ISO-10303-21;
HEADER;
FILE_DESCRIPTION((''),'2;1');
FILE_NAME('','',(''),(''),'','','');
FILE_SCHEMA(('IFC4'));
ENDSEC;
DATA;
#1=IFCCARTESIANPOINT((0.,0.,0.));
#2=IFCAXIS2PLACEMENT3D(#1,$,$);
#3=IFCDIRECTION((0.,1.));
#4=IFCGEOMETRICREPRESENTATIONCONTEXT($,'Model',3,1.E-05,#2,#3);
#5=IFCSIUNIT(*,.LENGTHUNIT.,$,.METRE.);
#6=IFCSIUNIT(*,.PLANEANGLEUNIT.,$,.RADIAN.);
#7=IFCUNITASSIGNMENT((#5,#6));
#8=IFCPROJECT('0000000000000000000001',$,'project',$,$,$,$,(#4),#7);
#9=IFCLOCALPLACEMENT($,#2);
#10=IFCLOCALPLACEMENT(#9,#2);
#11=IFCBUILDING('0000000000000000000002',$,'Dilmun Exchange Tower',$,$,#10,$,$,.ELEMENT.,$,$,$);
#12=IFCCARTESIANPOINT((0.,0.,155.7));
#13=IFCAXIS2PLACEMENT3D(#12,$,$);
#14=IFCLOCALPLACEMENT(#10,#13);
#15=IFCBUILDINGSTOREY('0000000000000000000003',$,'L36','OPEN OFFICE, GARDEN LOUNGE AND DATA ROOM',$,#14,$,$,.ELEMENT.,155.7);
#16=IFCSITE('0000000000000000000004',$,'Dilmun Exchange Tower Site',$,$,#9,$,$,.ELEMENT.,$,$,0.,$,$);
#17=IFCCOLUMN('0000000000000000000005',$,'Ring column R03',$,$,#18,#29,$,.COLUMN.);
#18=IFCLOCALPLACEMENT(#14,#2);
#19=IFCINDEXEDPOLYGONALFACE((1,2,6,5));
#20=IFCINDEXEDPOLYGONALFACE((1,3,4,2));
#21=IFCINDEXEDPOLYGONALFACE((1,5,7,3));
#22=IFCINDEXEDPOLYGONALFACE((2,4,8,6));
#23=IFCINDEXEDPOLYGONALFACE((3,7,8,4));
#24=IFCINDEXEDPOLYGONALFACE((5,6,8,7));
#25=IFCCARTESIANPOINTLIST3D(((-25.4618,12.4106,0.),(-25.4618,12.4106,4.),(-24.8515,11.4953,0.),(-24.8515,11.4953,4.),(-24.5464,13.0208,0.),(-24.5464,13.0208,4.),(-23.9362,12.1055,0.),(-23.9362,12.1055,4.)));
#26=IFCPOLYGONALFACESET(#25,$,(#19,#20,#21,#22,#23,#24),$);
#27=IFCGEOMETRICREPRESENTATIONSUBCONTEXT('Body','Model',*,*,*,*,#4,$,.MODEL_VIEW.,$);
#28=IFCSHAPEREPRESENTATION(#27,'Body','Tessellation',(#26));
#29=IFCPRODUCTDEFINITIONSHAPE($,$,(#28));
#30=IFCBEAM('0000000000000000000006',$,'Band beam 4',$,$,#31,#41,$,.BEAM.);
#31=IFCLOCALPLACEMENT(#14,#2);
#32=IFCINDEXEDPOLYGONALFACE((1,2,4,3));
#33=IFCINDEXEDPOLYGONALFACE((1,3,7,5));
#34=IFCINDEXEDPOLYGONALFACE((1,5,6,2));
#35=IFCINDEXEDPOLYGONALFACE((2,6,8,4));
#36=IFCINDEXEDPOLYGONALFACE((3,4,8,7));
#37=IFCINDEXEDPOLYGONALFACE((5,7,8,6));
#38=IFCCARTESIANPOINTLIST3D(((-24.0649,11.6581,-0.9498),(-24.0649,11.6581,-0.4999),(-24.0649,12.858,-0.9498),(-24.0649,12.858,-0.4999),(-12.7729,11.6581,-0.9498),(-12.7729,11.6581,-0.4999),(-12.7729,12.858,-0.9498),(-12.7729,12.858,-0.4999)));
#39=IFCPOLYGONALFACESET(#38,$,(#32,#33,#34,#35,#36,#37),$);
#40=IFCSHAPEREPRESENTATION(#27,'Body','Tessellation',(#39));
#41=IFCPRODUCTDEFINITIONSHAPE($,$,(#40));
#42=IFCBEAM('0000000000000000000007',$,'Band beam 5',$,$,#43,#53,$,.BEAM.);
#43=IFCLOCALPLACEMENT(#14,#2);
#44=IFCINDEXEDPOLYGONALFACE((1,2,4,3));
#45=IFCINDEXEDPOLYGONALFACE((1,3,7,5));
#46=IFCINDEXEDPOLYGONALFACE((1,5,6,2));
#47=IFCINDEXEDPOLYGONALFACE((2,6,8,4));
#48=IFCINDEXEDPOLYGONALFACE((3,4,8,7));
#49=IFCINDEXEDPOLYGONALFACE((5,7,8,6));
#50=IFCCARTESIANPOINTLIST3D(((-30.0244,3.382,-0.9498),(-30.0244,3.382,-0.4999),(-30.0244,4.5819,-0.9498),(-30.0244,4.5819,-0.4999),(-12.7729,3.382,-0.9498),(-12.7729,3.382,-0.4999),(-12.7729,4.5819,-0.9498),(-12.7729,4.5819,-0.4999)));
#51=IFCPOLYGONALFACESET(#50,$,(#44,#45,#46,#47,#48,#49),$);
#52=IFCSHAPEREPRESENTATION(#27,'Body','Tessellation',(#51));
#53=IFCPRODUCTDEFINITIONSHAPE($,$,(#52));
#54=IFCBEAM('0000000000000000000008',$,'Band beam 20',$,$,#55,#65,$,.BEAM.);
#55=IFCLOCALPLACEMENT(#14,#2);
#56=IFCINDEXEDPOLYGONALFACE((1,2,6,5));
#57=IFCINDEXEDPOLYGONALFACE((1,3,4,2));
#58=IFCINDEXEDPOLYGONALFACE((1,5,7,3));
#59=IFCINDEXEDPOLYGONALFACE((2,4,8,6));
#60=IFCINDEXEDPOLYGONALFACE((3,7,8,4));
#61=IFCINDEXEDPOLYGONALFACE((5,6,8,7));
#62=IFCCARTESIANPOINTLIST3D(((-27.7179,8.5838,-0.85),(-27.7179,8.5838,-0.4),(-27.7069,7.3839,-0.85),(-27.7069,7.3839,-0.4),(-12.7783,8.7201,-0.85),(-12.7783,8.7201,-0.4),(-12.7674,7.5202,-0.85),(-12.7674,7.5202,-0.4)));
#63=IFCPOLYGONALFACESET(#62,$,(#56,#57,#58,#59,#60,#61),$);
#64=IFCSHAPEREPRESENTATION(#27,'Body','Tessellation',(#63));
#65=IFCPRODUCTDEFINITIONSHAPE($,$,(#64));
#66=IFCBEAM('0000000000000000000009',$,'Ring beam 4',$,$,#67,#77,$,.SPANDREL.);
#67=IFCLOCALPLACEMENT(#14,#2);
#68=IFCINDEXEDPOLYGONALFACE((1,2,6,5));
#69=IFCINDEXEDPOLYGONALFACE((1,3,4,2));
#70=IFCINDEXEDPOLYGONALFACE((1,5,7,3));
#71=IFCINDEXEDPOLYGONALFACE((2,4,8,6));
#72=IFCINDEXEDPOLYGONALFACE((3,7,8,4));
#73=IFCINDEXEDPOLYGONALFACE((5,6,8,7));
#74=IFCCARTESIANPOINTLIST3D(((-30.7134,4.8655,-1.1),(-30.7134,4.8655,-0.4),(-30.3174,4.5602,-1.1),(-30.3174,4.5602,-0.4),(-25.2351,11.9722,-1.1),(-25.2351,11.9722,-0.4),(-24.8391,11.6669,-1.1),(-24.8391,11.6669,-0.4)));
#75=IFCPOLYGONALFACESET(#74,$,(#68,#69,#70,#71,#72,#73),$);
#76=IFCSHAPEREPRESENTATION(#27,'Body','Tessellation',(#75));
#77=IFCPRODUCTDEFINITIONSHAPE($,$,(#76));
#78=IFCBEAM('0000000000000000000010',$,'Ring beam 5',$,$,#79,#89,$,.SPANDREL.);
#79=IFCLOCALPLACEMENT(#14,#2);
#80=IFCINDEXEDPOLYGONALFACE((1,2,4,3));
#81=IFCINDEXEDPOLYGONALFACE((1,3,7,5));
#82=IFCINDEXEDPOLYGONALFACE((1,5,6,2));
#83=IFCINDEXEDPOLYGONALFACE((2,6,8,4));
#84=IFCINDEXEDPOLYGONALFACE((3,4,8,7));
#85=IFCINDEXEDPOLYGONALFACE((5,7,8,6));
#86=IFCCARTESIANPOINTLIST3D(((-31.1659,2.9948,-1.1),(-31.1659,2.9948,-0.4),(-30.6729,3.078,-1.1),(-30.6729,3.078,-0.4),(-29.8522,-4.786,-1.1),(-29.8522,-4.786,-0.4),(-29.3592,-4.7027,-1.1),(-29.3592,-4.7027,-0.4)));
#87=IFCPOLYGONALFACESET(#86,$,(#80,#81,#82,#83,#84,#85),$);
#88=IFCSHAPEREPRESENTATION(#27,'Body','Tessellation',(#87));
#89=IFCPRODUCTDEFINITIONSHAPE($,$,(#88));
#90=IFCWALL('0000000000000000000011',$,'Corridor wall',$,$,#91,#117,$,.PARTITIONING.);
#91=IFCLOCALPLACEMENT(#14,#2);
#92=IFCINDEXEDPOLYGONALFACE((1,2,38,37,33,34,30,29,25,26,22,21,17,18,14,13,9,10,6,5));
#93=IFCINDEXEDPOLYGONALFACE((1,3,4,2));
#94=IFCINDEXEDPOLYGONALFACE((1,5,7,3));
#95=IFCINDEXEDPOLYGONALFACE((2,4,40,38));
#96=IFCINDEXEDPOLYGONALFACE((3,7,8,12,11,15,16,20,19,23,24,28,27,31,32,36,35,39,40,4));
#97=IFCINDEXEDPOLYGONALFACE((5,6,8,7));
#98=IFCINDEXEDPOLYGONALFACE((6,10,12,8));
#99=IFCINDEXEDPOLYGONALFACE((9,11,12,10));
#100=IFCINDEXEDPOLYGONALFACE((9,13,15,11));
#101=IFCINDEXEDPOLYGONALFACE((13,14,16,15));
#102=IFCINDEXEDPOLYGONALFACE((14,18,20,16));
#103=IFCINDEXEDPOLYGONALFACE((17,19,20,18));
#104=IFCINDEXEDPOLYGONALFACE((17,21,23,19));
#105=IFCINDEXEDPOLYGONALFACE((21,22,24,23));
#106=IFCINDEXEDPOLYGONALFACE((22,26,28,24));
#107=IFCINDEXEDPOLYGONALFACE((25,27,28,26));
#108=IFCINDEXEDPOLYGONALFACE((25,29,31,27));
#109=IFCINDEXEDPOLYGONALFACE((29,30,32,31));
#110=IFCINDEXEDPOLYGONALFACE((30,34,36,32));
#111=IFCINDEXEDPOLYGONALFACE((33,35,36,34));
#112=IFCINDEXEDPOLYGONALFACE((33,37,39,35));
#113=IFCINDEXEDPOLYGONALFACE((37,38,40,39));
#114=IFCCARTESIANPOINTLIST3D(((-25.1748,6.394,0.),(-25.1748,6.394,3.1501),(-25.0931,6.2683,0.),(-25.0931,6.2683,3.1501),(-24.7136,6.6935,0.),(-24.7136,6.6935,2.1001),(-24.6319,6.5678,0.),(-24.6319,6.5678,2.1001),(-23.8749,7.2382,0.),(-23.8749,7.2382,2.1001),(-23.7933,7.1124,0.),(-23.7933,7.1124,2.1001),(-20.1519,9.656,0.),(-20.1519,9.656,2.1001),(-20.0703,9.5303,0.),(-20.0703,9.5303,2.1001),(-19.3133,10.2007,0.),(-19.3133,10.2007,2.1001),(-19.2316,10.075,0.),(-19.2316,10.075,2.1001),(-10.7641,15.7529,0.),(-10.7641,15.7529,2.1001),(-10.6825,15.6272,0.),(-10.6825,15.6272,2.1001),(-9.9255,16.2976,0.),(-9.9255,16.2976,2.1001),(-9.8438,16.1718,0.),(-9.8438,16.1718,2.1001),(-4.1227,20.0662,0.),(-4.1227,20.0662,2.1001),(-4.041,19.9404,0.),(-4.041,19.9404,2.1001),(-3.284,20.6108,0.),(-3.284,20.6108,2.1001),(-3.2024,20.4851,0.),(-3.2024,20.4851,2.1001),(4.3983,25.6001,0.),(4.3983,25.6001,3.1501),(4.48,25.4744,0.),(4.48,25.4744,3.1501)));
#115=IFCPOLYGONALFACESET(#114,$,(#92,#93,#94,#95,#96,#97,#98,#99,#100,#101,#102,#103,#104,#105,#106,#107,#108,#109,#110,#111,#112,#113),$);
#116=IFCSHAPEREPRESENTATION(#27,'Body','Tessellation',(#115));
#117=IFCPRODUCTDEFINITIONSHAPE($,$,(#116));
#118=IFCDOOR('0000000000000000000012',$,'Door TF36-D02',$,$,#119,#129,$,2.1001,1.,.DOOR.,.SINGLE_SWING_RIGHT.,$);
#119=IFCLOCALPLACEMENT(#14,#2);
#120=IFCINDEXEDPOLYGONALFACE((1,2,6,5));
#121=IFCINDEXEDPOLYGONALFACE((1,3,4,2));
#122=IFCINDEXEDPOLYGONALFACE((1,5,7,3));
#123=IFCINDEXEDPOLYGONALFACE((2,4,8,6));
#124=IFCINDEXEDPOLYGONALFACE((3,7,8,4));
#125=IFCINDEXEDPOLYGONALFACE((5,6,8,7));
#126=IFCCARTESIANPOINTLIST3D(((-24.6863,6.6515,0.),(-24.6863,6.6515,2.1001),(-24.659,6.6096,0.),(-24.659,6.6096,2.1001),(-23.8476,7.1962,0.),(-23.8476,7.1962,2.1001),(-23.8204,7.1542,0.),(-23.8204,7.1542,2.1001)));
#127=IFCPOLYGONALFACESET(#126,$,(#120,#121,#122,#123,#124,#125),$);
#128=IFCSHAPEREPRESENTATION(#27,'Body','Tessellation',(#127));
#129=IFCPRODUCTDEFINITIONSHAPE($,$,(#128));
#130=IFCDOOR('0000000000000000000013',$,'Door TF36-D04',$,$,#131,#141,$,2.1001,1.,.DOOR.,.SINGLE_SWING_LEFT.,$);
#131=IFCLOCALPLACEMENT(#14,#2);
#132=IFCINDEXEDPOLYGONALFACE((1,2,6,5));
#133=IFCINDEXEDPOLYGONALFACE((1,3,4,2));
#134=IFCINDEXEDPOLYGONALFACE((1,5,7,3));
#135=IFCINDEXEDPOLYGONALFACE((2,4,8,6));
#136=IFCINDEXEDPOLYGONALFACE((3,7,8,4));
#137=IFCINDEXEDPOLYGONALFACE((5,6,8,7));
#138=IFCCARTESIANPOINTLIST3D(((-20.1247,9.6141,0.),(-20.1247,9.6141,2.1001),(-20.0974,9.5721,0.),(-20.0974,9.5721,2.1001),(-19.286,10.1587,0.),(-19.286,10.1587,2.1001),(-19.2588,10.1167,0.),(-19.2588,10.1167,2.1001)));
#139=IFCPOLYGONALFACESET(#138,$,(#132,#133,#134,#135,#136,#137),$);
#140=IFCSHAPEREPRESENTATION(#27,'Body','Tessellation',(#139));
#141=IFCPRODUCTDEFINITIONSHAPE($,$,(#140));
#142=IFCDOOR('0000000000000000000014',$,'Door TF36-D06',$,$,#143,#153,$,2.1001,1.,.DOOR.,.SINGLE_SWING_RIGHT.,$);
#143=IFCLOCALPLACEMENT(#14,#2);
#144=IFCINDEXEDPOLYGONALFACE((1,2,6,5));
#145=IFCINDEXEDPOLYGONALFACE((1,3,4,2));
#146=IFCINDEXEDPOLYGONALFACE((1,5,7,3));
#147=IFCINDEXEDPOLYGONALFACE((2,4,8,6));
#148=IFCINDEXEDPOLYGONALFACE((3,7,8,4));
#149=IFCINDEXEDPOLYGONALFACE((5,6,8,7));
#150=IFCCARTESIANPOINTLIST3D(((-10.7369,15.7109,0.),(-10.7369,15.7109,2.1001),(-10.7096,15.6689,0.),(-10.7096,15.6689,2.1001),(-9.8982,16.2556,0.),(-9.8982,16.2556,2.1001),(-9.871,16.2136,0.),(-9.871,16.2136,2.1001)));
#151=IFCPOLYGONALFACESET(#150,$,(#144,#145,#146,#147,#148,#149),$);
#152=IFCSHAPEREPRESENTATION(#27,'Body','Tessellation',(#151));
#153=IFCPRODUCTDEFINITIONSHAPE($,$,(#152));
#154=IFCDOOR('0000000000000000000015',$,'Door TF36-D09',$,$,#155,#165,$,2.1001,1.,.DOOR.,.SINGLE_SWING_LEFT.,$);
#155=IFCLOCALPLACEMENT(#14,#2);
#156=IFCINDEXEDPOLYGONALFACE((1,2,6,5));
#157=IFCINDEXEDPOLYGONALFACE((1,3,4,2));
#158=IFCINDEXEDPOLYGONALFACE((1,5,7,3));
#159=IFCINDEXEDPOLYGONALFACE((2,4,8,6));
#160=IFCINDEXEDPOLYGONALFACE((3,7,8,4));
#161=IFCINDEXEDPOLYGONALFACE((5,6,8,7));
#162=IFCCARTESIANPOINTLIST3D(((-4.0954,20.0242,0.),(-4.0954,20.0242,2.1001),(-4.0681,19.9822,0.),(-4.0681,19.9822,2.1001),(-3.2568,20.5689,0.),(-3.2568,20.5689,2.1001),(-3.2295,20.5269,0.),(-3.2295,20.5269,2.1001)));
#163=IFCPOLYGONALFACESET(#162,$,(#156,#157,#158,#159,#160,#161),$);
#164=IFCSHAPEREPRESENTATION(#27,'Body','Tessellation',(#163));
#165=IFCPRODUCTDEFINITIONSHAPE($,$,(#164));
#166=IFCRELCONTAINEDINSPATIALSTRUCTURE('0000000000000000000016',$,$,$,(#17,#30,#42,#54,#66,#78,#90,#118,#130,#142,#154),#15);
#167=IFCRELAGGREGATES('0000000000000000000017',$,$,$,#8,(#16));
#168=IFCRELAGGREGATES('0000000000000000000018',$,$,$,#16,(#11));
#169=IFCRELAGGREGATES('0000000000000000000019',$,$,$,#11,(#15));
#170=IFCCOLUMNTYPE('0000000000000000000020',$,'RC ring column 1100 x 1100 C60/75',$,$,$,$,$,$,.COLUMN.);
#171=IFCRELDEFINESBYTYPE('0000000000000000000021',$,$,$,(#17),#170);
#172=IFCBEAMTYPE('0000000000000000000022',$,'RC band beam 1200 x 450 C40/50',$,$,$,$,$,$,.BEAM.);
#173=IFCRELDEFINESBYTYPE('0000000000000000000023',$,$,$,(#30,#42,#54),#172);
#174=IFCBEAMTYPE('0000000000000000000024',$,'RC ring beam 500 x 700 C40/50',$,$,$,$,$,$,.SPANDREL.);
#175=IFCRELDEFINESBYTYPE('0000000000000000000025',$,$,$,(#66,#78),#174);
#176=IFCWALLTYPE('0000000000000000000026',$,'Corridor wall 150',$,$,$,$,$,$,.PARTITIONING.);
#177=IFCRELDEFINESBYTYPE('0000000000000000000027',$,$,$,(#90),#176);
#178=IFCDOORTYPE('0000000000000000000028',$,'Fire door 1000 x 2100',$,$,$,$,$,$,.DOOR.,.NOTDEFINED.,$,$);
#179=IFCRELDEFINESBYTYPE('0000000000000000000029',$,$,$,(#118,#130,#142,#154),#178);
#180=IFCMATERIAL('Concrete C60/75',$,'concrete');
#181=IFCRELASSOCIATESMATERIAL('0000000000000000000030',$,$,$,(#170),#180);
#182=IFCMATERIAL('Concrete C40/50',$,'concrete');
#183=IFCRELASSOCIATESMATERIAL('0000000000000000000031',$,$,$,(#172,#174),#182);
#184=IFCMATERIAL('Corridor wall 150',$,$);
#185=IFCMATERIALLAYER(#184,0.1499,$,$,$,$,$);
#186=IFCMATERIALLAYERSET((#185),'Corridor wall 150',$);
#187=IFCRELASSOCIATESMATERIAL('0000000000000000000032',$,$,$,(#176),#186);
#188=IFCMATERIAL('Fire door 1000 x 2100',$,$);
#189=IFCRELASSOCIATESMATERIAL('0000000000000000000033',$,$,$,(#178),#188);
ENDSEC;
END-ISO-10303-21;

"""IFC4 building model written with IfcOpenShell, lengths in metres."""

from ifc_helpers import new_model, si_unit, direction, frame, frame_2d, origin, origin_2d, place, context, subcontext, project, spatial, rectangle, extrude, material, layer, layer_set, material_profile, profile_set, type_object, element, fill, save


model = new_model("IFC4")

# Units and contexts
model_context = context("Model", 3, precision=1e-05, world=origin(), true_north=direction((0.0, 1.0)))
body_context = subcontext(model_context, "Body", "Model", "MODEL_VIEW")
ifc_project = project(units=[si_unit("LENGTHUNIT", "METRE"), si_unit("PLANEANGLEUNIT", "RADIAN")], contexts=[model_context])

# Site, building, storey
site_placement = place(None, origin())
site = spatial("IfcSite", under=ifc_project, at=site_placement, Name="Dilmun Exchange Tower Site", CompositionType="ELEMENT", RefElevation=0.0)
building_placement = place(site_placement, origin())
building = spatial("IfcBuilding", under=site, at=building_placement, Name="Dilmun Exchange Tower", CompositionType="ELEMENT")
storey_placement = place(building_placement, frame((0.0, 0.0, 155.7)))
storey = spatial("IfcBuildingStorey", under=building, at=storey_placement, Name="L36", Description="OPEN OFFICE, GARDEN LOUNGE AND DATA ROOM", CompositionType="ELEMENT", Elevation=155.7)

# Column
ifc_material_1 = material(Name="Concrete C60/75", Category="concrete")
ifc_material_profile_1 = material_profile(ifc_material_1, rectangle(XDim=1.1001, YDim=1.1001, at=origin_2d()), Name="1100 x 1100")
ifc_profile_set_1 = profile_set([ifc_material_profile_1], Name="Concrete C60/75")
column_type = type_object("IfcColumnType", Name="RC ring column 1100 x 1100 C60/75", PredefinedType="COLUMN", material=ifc_profile_set_1)
column_placement = place(storey_placement, frame((-24.699, 12.2581, 0.0), z_axis=(0.0, 0.0, 1.0), x_axis=(0.832029, 0.554733, 0.0)))
element("IfcColumn", 1, at=column_placement, inside=storey, type_object=column_type, Name="Ring column R03", PredefinedType="COLUMN", context=body_context, shape_type="SweptSolid", body=[
    extrude(rectangle(XDim=1.1001, YDim=1.1001, at=origin_2d()), origin(), (0.0, 0.0, 1.0), 4.0),
])

# Beams
ifc_material_2 = material(Name="Concrete C40/50", Category="concrete")
ifc_material_profile_2 = material_profile(ifc_material_2, rectangle(XDim=1.2, YDim=0.45, at=origin_2d()), Name="1200 x 450")
ifc_profile_set_2 = profile_set([ifc_material_profile_2], Name="Concrete C40/50")
beam_type_1 = type_object("IfcBeamType", Name="RC band beam 1200 x 450 C40/50", PredefinedType="BEAM", material=ifc_profile_set_2)
beam_1_placement = place(storey_placement, frame((-24.0649, 12.2581, -0.7249), z_axis=(1.0, 0.0, 0.0), x_axis=(0.0, 1.0, 0.0)))
element("IfcBeam", 2, at=beam_1_placement, inside=storey, type_object=beam_type_1, Name="Band beam 4", PredefinedType="BEAM", context=body_context, shape_type="SweptSolid", body=[
    extrude(rectangle(XDim=1.2, YDim=0.45, at=origin_2d()), origin(), (0.0, 0.0, 1.0), 11.292),
])
beam_2_placement = place(storey_placement, frame((-30.0244, 3.9819, -0.7249), z_axis=(1.0, 0.0, 0.0), x_axis=(0.0, 1.0, 0.0)))
element("IfcBeam", 3, at=beam_2_placement, inside=storey, type_object=beam_type_1, Name="Band beam 5", PredefinedType="BEAM", context=body_context, shape_type="SweptSolid", body=[
    extrude(rectangle(XDim=1.2, YDim=0.45, at=origin_2d()), origin(), (0.0, 0.0, 1.0), 17.2515),
])
beam_3_placement = place(storey_placement, frame((-27.7124, 7.9839, -0.625), z_axis=(0.999958, 0.009118, 0.0), x_axis=(-0.009118, 0.999958, 0.0)))
element("IfcBeam", 4, at=beam_3_placement, inside=storey, type_object=beam_type_1, Name="Band beam 20", PredefinedType="BEAM", context=body_context, shape_type="SweptSolid", body=[
    extrude(rectangle(XDim=1.2, YDim=0.45, at=origin_2d()), origin(), (0.0, 0.0, 1.0), 14.9402),
])
ifc_material_profile_3 = material_profile(ifc_material_2, rectangle(XDim=0.5, YDim=0.7, at=origin_2d()), Name="500 x 700")
ifc_profile_set_3 = profile_set([ifc_material_profile_3], Name="Concrete C40/50")
beam_type_2 = type_object("IfcBeamType", Name="RC ring beam 500 x 700 C40/50", PredefinedType="SPANDREL", material=ifc_profile_set_3)
beam_4_placement = place(storey_placement, frame((-25.0371, 11.8196, -0.75), z_axis=(-0.610522, -0.792, 0.0), x_axis=(0.792, -0.610522, 0.0)))
element("IfcBeam", 5, at=beam_4_placement, inside=storey, type_object=beam_type_2, Name="Ring beam 4", PredefinedType="SPANDREL", context=body_context, shape_type="SweptSolid", body=[
    extrude(rectangle(XDim=0.5, YDim=0.7, at=origin_2d()), origin(), (0.0, 0.0, 1.0), 8.9731),
])
beam_5_placement = place(storey_placement, frame((-30.9194, 3.0364, -0.75), z_axis=(0.166486, -0.986044, 0.0), x_axis=(0.986044, 0.166486, 0.0)))
element("IfcBeam", 6, at=beam_5_placement, inside=storey, type_object=beam_type_2, Name="Ring beam 5", PredefinedType="SPANDREL", context=body_context, shape_type="SweptSolid", body=[
    extrude(rectangle(XDim=0.5, YDim=0.7, at=origin_2d()), origin(), (0.0, 0.0, 1.0), 7.8909),
])

# Wall, openings, doors
ifc_material_3 = material(Name="Corridor wall 150")
ifc_layer = layer(ifc_material_3, 0.1499)
ifc_layer_set = layer_set([ifc_layer], Name="Corridor wall 150")
wall_type = type_object("IfcWallType", Name="Corridor wall 150", PredefinedType="PARTITIONING", material=ifc_layer_set)
wall_1_placement = place(storey_placement, frame((-25.134, 6.3311, 0.0), z_axis=(0.0, 0.0, 1.0), x_axis=(0.838656, 0.544661, 0.0)))
wall_1 = element("IfcWall", 7, at=wall_1_placement, inside=storey, type_object=wall_type, Name="Corridor wall", PredefinedType="PARTITIONING", context=body_context, shape_type="SweptSolid", body=[
    extrude(rectangle(XDim=35.2625, YDim=0.1499, at=frame_2d((17.6313, 0.0))), origin(), (0.0, 0.0, 1.0), 3.1501),
])
opening_1_placement = place(wall_1_placement, frame((0.55, 0.0, 0.0)))
opening_1 = element("IfcOpeningElement", 8, at=opening_1_placement, cuts=wall_1, PredefinedType="OPENING", context=body_context, shape_type="SweptSolid", body=[
    extrude(rectangle(XDim=1.0, YDim=2.1001, at=frame_2d((0.5, 1.05))), frame((0.0, 0.085, 0.0), z_axis=(0.0, -1.0, 0.0), x_axis=(1.0, 0.0, 0.0)), (0.0, 0.0, 1.0), 0.1699),
])
opening_2_placement = place(wall_1_placement, frame((5.9893, 0.0, 0.0)))
opening_2 = element("IfcOpeningElement", 9, at=opening_2_placement, cuts=wall_1, PredefinedType="OPENING", context=body_context, shape_type="SweptSolid", body=[
    extrude(rectangle(XDim=1.0, YDim=2.1001, at=frame_2d((0.5, 1.05))), frame((0.0, 0.085, 0.0), z_axis=(0.0, -1.0, 0.0), x_axis=(1.0, 0.0, 0.0)), (0.0, 0.0, 1.0), 0.1699),
])
opening_3_placement = place(wall_1_placement, frame((17.1831, 0.0, 0.0)))
opening_3 = element("IfcOpeningElement", 10, at=opening_3_placement, cuts=wall_1, PredefinedType="OPENING", context=body_context, shape_type="SweptSolid", body=[
    extrude(rectangle(XDim=1.0, YDim=2.1001, at=frame_2d((0.5, 1.05))), frame((0.0, 0.085, 0.0), z_axis=(0.0, -1.0, 0.0), x_axis=(1.0, 0.0, 0.0)), (0.0, 0.0, 1.0), 0.1699),
])
opening_4_placement = place(wall_1_placement, frame((25.1023, 0.0, 0.0)))
opening_4 = element("IfcOpeningElement", 11, at=opening_4_placement, cuts=wall_1, PredefinedType="OPENING", context=body_context, shape_type="SweptSolid", body=[
    extrude(rectangle(XDim=1.0, YDim=2.1001, at=frame_2d((0.5, 1.05))), frame((0.0, 0.085, 0.0), z_axis=(0.0, -1.0, 0.0), x_axis=(1.0, 0.0, 0.0)), (0.0, 0.0, 1.0), 0.1699),
])
ifc_material_4 = material(Name="Fire door 1000 x 2100")
door_type = type_object("IfcDoorType", Name="Fire door 1000 x 2100", OperationType="NOTDEFINED", PredefinedType="DOOR", material=ifc_material_4)
door_1_placement = place(opening_1_placement, origin())
door_1 = element("IfcDoor", 12, at=door_1_placement, inside=storey, type_object=door_type, Name="Door TF36-D02", OperationType="SINGLE_SWING_RIGHT", OverallHeight=2.1001, OverallWidth=1.0, PredefinedType="DOOR", context=body_context, shape_type="SweptSolid", body=[
    extrude(rectangle(XDim=1.0, YDim=2.1001, at=frame_2d((0.5, 1.05))), frame((0.0, 0.0249, 0.0), z_axis=(0.0, -1.0, 0.0), x_axis=(1.0, 0.0, 0.0)), (0.0, 0.0, 1.0), 0.05),
])
fill(opening_1, door_1)
door_2_placement = place(opening_2_placement, origin())
door_2 = element("IfcDoor", 13, at=door_2_placement, inside=storey, type_object=door_type, Name="Door TF36-D04", OperationType="SINGLE_SWING_LEFT", OverallHeight=2.1001, OverallWidth=1.0, PredefinedType="DOOR", context=body_context, shape_type="SweptSolid", body=[
    extrude(rectangle(XDim=1.0, YDim=2.1001, at=frame_2d((0.5, 1.05))), frame((0.0, 0.0249, 0.0), z_axis=(0.0, -1.0, 0.0), x_axis=(1.0, 0.0, 0.0)), (0.0, 0.0, 1.0), 0.05),
])
fill(opening_2, door_2)
door_3_placement = place(opening_3_placement, origin())
door_3 = element("IfcDoor", 14, at=door_3_placement, inside=storey, type_object=door_type, Name="Door TF36-D06", OperationType="SINGLE_SWING_RIGHT", OverallHeight=2.1001, OverallWidth=1.0, PredefinedType="DOOR", context=body_context, shape_type="SweptSolid", body=[
    extrude(rectangle(XDim=1.0, YDim=2.1001, at=frame_2d((0.5, 1.05))), frame((0.0, 0.0249, 0.0), z_axis=(0.0, -1.0, 0.0), x_axis=(1.0, 0.0, 0.0)), (0.0, 0.0, 1.0), 0.05),
])
fill(opening_3, door_3)
door_4_placement = place(opening_4_placement, origin())
door_4 = element("IfcDoor", 15, at=door_4_placement, inside=storey, type_object=door_type, Name="Door TF36-D09", OperationType="SINGLE_SWING_LEFT", OverallHeight=2.1001, OverallWidth=1.0, PredefinedType="DOOR", context=body_context, shape_type="SweptSolid", body=[
    extrude(rectangle(XDim=1.0, YDim=2.1001, at=frame_2d((0.5, 1.05))), frame((0.0, 0.0249, 0.0), z_axis=(0.0, -1.0, 0.0), x_axis=(1.0, 0.0, 0.0)), (0.0, 0.0, 1.0), 0.05),
])
fill(opening_4, door_4)

save(model, "model.ifc")
